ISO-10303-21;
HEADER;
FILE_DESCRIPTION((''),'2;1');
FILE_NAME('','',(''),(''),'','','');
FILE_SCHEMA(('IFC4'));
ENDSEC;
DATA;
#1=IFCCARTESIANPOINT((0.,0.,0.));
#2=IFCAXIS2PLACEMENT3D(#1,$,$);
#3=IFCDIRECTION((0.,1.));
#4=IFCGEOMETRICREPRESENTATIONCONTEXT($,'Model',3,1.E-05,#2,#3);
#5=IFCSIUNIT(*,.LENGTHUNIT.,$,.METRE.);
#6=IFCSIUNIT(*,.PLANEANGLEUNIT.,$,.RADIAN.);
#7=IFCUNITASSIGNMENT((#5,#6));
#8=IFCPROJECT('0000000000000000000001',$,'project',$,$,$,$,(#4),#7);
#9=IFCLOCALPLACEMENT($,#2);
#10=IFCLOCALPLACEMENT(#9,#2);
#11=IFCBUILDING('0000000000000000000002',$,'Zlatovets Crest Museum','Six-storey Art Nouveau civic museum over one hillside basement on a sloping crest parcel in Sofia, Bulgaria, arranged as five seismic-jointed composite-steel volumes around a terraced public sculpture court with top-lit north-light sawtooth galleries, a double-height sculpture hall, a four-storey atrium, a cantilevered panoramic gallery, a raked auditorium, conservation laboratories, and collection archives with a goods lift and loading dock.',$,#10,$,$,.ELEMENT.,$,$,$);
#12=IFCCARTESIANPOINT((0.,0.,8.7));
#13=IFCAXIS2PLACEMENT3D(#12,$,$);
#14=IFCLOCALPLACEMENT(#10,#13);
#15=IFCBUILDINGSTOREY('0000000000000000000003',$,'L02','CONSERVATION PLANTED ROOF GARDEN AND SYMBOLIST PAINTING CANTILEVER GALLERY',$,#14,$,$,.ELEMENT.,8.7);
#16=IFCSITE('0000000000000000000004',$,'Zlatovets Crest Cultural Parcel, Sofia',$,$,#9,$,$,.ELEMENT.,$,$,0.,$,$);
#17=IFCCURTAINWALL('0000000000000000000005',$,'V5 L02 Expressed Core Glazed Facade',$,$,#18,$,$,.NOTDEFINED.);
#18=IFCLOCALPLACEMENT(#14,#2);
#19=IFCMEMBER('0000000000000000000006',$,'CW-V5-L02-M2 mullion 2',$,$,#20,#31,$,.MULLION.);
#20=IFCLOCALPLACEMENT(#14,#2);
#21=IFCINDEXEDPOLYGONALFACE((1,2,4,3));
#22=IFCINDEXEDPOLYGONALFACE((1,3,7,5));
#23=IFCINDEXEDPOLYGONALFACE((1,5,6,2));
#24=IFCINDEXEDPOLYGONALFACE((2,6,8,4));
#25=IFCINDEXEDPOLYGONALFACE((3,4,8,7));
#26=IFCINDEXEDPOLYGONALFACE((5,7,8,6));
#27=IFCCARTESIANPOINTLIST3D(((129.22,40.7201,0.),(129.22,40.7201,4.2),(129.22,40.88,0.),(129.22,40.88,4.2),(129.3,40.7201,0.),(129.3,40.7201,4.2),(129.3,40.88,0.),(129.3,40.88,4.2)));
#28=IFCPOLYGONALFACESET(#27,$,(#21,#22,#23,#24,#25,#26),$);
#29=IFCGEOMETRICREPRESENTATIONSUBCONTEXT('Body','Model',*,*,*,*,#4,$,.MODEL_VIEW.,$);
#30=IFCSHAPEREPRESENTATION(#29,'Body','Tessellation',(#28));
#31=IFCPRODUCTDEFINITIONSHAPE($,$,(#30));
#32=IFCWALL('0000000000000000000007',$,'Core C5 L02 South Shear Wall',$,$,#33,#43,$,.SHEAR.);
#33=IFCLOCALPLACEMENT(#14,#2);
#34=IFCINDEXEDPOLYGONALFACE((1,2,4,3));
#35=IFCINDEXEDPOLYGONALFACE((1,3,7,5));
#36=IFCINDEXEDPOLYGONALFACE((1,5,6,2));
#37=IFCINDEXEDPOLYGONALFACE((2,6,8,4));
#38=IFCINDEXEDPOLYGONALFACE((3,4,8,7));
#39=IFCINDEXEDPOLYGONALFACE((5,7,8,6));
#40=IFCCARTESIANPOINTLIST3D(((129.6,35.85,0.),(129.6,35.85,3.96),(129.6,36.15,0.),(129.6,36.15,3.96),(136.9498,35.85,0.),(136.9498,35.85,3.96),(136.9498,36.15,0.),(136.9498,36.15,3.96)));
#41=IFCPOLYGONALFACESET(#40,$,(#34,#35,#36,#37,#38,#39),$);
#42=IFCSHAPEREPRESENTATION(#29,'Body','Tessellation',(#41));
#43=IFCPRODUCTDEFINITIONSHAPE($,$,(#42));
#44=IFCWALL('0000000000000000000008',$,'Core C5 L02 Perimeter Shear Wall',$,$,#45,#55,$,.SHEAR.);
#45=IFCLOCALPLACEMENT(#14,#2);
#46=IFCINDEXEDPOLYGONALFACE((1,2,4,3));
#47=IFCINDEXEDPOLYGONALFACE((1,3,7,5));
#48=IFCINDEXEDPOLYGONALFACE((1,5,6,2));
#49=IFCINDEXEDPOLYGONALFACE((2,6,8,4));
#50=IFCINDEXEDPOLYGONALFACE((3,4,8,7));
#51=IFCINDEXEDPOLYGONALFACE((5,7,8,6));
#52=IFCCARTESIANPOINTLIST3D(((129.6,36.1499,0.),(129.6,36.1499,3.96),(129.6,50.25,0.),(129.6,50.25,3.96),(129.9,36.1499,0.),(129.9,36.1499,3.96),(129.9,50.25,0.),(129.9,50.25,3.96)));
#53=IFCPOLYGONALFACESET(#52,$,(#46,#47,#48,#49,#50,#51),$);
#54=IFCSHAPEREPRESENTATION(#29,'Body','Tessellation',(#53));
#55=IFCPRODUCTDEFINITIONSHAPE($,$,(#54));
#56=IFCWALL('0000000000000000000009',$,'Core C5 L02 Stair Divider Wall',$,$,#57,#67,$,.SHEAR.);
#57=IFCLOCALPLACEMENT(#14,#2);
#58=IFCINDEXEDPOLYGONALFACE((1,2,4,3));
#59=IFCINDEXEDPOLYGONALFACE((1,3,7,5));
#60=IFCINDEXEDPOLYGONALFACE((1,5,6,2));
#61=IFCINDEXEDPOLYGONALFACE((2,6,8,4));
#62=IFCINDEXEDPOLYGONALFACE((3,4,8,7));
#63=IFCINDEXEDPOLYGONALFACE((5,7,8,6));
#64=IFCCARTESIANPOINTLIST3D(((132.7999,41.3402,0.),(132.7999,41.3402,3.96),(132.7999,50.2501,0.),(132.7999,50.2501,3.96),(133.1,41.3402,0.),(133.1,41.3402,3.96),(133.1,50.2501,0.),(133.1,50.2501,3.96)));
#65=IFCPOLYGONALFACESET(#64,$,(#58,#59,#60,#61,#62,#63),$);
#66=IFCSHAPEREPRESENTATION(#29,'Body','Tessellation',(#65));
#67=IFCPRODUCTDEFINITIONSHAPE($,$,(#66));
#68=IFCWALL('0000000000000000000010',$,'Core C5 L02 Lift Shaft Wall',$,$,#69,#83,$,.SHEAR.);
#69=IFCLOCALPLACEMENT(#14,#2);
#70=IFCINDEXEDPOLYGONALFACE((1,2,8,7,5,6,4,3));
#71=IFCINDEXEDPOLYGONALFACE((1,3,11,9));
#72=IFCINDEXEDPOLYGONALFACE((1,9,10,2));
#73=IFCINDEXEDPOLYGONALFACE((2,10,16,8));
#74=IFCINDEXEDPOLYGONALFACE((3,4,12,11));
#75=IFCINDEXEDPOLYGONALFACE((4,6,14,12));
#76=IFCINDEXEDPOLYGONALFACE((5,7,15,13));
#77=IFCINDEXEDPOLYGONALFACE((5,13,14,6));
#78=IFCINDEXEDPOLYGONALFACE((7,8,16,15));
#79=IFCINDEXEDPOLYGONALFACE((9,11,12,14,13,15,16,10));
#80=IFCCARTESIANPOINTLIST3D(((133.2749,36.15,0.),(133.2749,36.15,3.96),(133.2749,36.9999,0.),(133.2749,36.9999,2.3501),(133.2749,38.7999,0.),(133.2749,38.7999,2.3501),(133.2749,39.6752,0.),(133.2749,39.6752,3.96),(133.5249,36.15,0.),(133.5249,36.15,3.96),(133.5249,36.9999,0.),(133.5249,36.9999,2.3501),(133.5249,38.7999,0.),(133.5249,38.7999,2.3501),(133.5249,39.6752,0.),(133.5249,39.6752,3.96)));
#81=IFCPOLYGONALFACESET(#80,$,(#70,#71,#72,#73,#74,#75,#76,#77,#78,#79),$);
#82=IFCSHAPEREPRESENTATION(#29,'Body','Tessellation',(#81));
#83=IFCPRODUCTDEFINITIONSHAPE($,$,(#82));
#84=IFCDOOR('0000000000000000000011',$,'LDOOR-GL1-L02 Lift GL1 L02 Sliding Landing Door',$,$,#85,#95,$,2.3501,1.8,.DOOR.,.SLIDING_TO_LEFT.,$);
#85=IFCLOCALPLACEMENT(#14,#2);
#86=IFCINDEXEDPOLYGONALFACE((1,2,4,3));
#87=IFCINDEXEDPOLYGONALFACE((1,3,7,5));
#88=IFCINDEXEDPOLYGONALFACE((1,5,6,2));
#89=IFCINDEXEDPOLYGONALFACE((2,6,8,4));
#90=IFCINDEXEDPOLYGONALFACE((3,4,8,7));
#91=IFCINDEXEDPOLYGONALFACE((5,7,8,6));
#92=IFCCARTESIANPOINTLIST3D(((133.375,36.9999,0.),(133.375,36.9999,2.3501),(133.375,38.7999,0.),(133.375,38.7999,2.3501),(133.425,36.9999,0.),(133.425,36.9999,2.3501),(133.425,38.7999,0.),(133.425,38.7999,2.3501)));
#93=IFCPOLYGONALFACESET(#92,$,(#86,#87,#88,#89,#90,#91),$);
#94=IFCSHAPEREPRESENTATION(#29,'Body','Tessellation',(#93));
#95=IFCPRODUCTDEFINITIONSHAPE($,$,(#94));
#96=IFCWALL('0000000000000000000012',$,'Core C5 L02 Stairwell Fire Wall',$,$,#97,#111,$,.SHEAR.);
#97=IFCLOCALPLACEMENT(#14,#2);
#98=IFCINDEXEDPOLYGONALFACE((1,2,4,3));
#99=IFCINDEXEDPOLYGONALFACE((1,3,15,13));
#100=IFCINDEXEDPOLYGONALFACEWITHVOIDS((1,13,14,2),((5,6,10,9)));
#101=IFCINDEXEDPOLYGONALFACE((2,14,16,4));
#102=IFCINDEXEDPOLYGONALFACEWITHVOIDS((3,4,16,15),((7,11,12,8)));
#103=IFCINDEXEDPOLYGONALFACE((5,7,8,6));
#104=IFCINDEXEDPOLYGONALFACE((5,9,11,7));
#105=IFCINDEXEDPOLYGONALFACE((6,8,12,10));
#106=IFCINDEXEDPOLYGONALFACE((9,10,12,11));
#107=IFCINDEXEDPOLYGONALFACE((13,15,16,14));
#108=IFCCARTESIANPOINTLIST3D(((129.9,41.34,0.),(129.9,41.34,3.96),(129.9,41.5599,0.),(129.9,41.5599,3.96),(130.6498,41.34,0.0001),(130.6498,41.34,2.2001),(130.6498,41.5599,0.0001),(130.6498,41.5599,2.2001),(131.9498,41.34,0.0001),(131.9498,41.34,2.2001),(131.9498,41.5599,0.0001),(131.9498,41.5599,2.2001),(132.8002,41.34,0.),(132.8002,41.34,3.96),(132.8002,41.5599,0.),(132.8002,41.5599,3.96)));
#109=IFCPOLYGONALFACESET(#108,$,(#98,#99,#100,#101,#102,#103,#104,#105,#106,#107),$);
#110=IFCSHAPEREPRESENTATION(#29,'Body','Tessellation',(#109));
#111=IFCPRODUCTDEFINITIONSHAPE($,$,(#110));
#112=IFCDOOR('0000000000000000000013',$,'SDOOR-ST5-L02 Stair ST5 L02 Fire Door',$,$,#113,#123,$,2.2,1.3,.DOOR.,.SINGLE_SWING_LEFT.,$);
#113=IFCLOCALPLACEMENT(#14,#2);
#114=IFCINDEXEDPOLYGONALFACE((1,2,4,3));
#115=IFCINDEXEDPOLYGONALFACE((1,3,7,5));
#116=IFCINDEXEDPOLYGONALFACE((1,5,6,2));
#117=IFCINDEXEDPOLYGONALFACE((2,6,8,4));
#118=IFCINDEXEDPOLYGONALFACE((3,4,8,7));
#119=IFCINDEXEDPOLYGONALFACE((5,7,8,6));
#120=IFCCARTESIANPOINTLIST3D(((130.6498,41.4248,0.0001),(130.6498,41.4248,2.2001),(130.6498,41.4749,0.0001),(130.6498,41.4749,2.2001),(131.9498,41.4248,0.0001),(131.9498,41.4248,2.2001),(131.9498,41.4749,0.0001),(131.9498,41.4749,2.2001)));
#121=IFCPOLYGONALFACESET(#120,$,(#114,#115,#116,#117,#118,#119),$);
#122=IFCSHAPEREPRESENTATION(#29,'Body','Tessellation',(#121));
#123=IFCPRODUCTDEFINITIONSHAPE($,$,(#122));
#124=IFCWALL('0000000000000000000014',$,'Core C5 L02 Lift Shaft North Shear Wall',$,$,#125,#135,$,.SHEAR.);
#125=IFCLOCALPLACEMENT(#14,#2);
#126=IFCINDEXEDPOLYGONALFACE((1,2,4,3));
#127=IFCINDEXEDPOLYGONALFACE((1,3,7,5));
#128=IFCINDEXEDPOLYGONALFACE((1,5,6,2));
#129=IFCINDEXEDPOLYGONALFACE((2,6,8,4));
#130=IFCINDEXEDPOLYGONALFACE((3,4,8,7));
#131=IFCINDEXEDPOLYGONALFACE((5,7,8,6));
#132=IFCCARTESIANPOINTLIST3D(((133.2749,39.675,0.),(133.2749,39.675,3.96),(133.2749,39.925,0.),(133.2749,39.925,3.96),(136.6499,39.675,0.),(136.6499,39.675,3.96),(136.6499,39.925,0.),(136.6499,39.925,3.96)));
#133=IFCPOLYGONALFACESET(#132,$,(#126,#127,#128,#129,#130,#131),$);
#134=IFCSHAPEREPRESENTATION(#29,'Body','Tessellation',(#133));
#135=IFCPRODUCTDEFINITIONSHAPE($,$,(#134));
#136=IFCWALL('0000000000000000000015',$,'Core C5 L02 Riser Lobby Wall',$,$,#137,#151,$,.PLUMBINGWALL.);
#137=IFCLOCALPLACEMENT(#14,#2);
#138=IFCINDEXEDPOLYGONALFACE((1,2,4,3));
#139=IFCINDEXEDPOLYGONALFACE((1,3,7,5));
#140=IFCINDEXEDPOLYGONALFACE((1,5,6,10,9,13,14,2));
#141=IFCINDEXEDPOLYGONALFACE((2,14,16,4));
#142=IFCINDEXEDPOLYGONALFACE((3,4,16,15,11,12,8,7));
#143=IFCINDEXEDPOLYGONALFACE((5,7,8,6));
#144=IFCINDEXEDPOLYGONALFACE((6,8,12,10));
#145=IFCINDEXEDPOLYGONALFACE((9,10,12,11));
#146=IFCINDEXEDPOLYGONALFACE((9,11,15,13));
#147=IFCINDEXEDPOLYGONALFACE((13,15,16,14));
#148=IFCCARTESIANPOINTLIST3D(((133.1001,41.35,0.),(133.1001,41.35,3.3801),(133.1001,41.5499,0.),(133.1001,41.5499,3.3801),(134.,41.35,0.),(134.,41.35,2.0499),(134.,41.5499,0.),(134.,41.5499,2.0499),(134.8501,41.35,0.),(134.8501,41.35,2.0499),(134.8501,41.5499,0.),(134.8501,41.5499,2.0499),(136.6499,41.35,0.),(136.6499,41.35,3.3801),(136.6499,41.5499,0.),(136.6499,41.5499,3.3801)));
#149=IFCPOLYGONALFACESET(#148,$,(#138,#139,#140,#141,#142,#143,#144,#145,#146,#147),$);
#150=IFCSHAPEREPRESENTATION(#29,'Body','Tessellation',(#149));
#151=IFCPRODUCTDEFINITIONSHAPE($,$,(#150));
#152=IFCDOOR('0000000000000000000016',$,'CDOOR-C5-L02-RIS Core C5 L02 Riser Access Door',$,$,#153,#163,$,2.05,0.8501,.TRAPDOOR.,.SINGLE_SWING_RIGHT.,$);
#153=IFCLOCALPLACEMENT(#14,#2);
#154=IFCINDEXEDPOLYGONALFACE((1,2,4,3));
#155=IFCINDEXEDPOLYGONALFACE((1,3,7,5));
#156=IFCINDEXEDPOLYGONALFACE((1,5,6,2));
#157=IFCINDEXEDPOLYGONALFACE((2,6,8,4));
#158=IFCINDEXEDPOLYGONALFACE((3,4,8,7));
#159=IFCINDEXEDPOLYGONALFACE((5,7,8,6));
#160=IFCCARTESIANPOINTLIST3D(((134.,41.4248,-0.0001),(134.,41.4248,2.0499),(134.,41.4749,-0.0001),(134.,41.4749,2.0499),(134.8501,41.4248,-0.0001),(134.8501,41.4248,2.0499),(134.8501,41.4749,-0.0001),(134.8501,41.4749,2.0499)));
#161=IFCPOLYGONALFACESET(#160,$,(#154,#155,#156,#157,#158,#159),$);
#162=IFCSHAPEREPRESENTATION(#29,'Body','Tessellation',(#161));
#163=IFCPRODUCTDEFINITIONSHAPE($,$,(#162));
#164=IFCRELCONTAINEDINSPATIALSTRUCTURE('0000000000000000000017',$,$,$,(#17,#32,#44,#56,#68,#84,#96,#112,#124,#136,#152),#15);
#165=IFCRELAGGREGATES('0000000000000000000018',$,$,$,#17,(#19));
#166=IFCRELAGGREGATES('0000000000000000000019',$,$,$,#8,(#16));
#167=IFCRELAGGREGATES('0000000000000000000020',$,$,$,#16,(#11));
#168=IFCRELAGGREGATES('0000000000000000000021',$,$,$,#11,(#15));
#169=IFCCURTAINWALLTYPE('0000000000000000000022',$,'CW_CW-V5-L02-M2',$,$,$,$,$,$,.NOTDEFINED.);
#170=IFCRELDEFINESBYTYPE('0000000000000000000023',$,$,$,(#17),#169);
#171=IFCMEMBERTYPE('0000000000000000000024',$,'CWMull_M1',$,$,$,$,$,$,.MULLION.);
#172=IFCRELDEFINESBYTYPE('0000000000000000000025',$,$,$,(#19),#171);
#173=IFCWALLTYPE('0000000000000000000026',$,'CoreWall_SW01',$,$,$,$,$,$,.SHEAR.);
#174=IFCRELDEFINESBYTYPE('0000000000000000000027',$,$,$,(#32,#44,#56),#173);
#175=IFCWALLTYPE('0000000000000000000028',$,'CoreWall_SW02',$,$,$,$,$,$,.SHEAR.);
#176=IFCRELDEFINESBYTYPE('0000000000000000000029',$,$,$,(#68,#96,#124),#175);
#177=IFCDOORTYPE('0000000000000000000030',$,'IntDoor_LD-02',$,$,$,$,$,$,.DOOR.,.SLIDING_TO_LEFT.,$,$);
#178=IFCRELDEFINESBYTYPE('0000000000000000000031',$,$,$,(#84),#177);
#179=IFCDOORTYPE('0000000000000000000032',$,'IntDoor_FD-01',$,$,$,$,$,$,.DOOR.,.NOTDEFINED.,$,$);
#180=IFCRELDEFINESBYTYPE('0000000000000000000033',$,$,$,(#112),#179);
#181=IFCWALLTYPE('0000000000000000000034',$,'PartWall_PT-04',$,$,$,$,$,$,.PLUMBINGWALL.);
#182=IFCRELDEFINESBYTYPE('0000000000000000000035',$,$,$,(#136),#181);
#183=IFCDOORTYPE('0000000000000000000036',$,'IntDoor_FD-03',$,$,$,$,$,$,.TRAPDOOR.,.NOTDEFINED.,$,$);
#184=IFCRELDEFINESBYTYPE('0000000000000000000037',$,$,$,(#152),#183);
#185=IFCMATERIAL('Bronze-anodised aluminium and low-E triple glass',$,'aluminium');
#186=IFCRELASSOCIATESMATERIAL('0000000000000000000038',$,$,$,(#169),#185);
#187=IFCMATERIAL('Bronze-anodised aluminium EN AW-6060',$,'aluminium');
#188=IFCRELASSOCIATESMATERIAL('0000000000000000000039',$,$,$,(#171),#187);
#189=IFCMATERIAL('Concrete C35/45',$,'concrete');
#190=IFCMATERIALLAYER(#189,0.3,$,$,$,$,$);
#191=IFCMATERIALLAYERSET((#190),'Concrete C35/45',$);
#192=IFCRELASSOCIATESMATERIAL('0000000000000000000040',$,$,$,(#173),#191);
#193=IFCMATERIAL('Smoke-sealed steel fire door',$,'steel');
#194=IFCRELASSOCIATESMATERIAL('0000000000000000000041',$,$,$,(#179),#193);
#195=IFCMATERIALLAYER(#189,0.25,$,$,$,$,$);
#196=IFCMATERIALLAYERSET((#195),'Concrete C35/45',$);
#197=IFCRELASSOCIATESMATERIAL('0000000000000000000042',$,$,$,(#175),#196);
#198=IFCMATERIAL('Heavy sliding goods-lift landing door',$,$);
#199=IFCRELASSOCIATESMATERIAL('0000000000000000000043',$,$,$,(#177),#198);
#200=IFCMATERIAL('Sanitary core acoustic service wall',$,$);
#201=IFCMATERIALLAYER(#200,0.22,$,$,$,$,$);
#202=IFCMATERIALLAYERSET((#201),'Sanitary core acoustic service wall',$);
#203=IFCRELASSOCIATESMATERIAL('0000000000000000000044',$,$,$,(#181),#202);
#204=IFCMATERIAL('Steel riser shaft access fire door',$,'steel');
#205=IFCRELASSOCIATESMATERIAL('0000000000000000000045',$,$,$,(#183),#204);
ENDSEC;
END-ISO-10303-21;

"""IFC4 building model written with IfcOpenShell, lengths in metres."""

from ifc_helpers import new_model, si_unit, direction, frame, frame_2d, origin, origin_2d, place, context, subcontext, project, spatial, rectangle, extrude, material, layer, layer_set, material_profile, profile_set, type_object, element, fill, aggregate, save


model = new_model("IFC4")

# Units and contexts
model_context = context("Model", 3, precision=1e-05, world=origin(), true_north=direction((0.0, 1.0)))
body_context = subcontext(model_context, "Body", "Model", "MODEL_VIEW")
ifc_project = project(units=[si_unit("LENGTHUNIT", "METRE"), si_unit("PLANEANGLEUNIT", "RADIAN")], contexts=[model_context])

# Site, building, storey
site_placement = place(None, origin())
site = spatial("IfcSite", under=ifc_project, at=site_placement, Name="Zlatovets Crest Cultural Parcel, Sofia", CompositionType="ELEMENT", RefElevation=0.0)
building_placement = place(site_placement, origin())
building = spatial("IfcBuilding", under=site, at=building_placement, Name="Zlatovets Crest Museum", Description="Six-storey Art Nouveau civic museum over one hillside basement on a sloping crest parcel in Sofia, Bulgaria, arranged as five seismic-jointed composite-steel volumes around a terraced public sculpture court with top-lit north-light sawtooth galleries, a double-height sculpture hall, a four-storey atrium, a cantilevered panoramic gallery, a raked auditorium, conservation laboratories, and collection archives with a goods lift and loading dock.", CompositionType="ELEMENT")
storey_placement = place(building_placement, frame((0.0, 0.0, 8.7)))
storey = spatial("IfcBuildingStorey", under=building, at=storey_placement, Name="L02", Description="CONSERVATION PLANTED ROOF GARDEN AND SYMBOLIST PAINTING CANTILEVER GALLERY", CompositionType="ELEMENT", Elevation=8.7)

# Curtain wall, member
ifc_material_1 = material(Name="Bronze-anodised aluminium and low-E triple glass", Category="aluminium")
curtain_wall_type = type_object("IfcCurtainWallType", Name="CW_CW-V5-L02-M2", PredefinedType="NOTDEFINED", material=ifc_material_1)
curtain_wall_placement = place(storey_placement, origin())
curtain_wall = element("IfcCurtainWall", 1, at=curtain_wall_placement, inside=storey, type_object=curtain_wall_type, Name="V5 L02 Expressed Core Glazed Facade", PredefinedType="NOTDEFINED")
ifc_material_2 = material(Name="Bronze-anodised aluminium EN AW-6060", Category="aluminium")
ifc_material_profile_1 = material_profile(ifc_material_2, rectangle(XDim=0.0801, YDim=0.1599, at=origin_2d()), Name="ALU 80x160")
ifc_profile_set_1 = profile_set([ifc_material_profile_1], Name="Bronze-anodised aluminium EN AW-6060")
member_type = type_object("IfcMemberType", Name="CWMull_M1", PredefinedType="MULLION", material=ifc_profile_set_1)
member_placement = place(storey_placement, frame((129.26, 40.8, 0.0), z_axis=(0.0, 0.0, 1.0), x_axis=(1.0, 0.0, 0.0)))
member = element("IfcMember", 2, at=member_placement, type_object=member_type, Name="CW-V5-L02-M2 mullion 2", PredefinedType="MULLION", context=body_context, shape_type="SweptSolid", body=[
    extrude(rectangle(XDim=0.0801, YDim=0.1599, at=origin_2d()), origin(), (0.0, 0.0, 1.0), 4.2),
])
aggregate(curtain_wall, [member])

# Walls
ifc_material_3 = material(Name="Concrete C35/45", Category="concrete")
ifc_layer_1 = layer(ifc_material_3, 0.3)
ifc_layer_set_1 = layer_set([ifc_layer_1], Name="Concrete C35/45")
wall_type_1 = type_object("IfcWallType", Name="CoreWall_SW01", PredefinedType="SHEAR", material=ifc_layer_set_1)
wall_1_placement = place(storey_placement, frame((129.6001, 36.0, 0.0), z_axis=(0.0, 0.0, 1.0), x_axis=(1.0, 0.0, 0.0)))
element("IfcWall", 3, at=wall_1_placement, inside=storey, type_object=wall_type_1, Name="Core C5 L02 South Shear Wall", PredefinedType="SHEAR", context=body_context, shape_type="SweptSolid", body=[
    extrude(rectangle(XDim=7.3499, YDim=0.3, at=frame_2d((3.6748, 0.0))), origin(), (0.0, 0.0, 1.0), 3.96),
])
wall_2_placement = place(storey_placement, frame((129.75, 36.1499, 0.0), z_axis=(0.0, 0.0, 1.0), x_axis=(0.0, 1.0, 0.0)))
element("IfcWall", 4, at=wall_2_placement, inside=storey, type_object=wall_type_1, Name="Core C5 L02 Perimeter Shear Wall", PredefinedType="SHEAR", context=body_context, shape_type="SweptSolid", body=[
    extrude(rectangle(XDim=14.1001, YDim=0.3, at=frame_2d((7.05, 0.0))), origin(), (0.0, 0.0, 1.0), 3.96),
])

# Shared definitions
ifc_material_4 = material(Name="Smoke-sealed steel fire door", Category="steel")
door_type_1 = type_object("IfcDoorType", Name="IntDoor_FD-01", OperationType="NOTDEFINED", PredefinedType="DOOR", material=ifc_material_4)

# Wall
wall_3_placement = place(storey_placement, frame((132.95, 41.3401, 0.0), z_axis=(0.0, 0.0, 1.0), x_axis=(0.0, 1.0, 0.0)))
element("IfcWall", 5, at=wall_3_placement, inside=storey, type_object=wall_type_1, Name="Core C5 L02 Stair Divider Wall", PredefinedType="SHEAR", context=body_context, shape_type="SweptSolid", body=[
    extrude(rectangle(XDim=8.9099, YDim=0.3, at=frame_2d((4.4551, 0.0))), origin(), (0.0, 0.0, 1.0), 3.96),
])

# Walls, openings, doors
ifc_layer_2 = layer(ifc_material_3, 0.25)
ifc_layer_set_2 = layer_set([ifc_layer_2], Name="Concrete C35/45")
wall_type_2 = type_object("IfcWallType", Name="CoreWall_SW02", PredefinedType="SHEAR", material=ifc_layer_set_2)
wall_4_placement = place(storey_placement, frame((133.3999, 36.1499, 0.0), z_axis=(0.0, 0.0, 1.0), x_axis=(0.0, 1.0, 0.0)))
wall_4 = element("IfcWall", 6, at=wall_4_placement, inside=storey, type_object=wall_type_2, Name="Core C5 L02 Lift Shaft Wall", PredefinedType="SHEAR", context=body_context, shape_type="SweptSolid", body=[
    extrude(rectangle(XDim=3.5251, YDim=0.25, at=frame_2d((1.7627, 0.0))), origin(), (0.0, 0.0, 1.0), 3.96),
])
opening_1_placement = place(wall_4_placement, frame((0.8501, 0.0, 0.0)))
opening_1 = element("IfcOpeningElement", 7, at=opening_1_placement, cuts=wall_4, PredefinedType="OPENING", context=body_context, shape_type="SweptSolid", body=[
    extrude(rectangle(XDim=1.8, YDim=2.3501, at=frame_2d((0.8999, 1.175))), frame((0.0, 0.135, 0.0), z_axis=(0.0, -1.0, 0.0), x_axis=(1.0, 0.0, 0.0)), (0.0, 0.0, 1.0), 0.27),
])
ifc_material_5 = material(Name="Heavy sliding goods-lift landing door")
door_type_2 = type_object("IfcDoorType", Name="IntDoor_LD-02", OperationType="SLIDING_TO_LEFT", PredefinedType="DOOR", material=ifc_material_5)
door_1_placement = place(opening_1_placement, origin())
door_1 = element("IfcDoor", 8, at=door_1_placement, inside=storey, type_object=door_type_2, Name="LDOOR-GL1-L02 Lift GL1 L02 Sliding Landing Door", OperationType="SLIDING_TO_LEFT", OverallHeight=2.3501, OverallWidth=1.8, PredefinedType="DOOR", context=body_context, shape_type="SweptSolid", body=[
    extrude(rectangle(XDim=1.8, YDim=2.3501, at=frame_2d((0.8999, 1.175))), frame((0.0, 0.0249, 0.0), z_axis=(0.0, -1.0, 0.0), x_axis=(1.0, 0.0, 0.0)), (0.0, 0.0, 1.0), 0.05),
])
fill(opening_1, door_1)
wall_5_placement = place(storey_placement, frame((129.8999, 41.45, 0.0), z_axis=(0.0, 0.0, 1.0), x_axis=(1.0, 0.0, 0.0)))
wall_5 = element("IfcWall", 9, at=wall_5_placement, inside=storey, type_object=wall_type_2, Name="Core C5 L02 Stairwell Fire Wall", PredefinedType="SHEAR", context=body_context, shape_type="SweptSolid", body=[
    extrude(rectangle(XDim=2.9001, YDim=0.22, at=frame_2d((1.4502, 0.0))), origin(), (0.0, 0.0, 1.0), 3.96),
])
opening_2_placement = place(wall_5_placement, frame((0.75, 0.0, 0.0)))
opening_2 = element("IfcOpeningElement", 10, at=opening_2_placement, cuts=wall_5, PredefinedType="OPENING", context=body_context, shape_type="SweptSolid", body=[
    extrude(rectangle(XDim=1.3, YDim=2.2, at=frame_2d((0.6499, 1.1001))), frame((0.0, 0.1201, 0.0), z_axis=(0.0, -1.0, 0.0), x_axis=(1.0, 0.0, 0.0)), (0.0, 0.0, 1.0), 0.24),
])
door_2_placement = place(opening_2_placement, origin())
door_2 = element("IfcDoor", 11, at=door_2_placement, inside=storey, type_object=door_type_1, Name="SDOOR-ST5-L02 Stair ST5 L02 Fire Door", OperationType="SINGLE_SWING_LEFT", OverallHeight=2.2, OverallWidth=1.3, PredefinedType="DOOR", context=body_context, shape_type="SweptSolid", body=[
    extrude(rectangle(XDim=1.3, YDim=2.2, at=frame_2d((0.6499, 1.1001))), frame((0.0, 0.0249, 0.0), z_axis=(0.0, -1.0, 0.0), x_axis=(1.0, 0.0, 0.0)), (0.0, 0.0, 1.0), 0.05),
])
fill(opening_2, door_2)

# Wall
wall_6_placement = place(storey_placement, frame((133.2749, 39.8, 0.0), z_axis=(0.0, 0.0, 1.0), x_axis=(1.0, 0.0, 0.0)))
element("IfcWall", 12, at=wall_6_placement, inside=storey, type_object=wall_type_2, Name="Core C5 L02 Lift Shaft North Shear Wall", PredefinedType="SHEAR", context=body_context, shape_type="SweptSolid", body=[
    extrude(rectangle(XDim=3.375, YDim=0.25, at=frame_2d((1.6875, 0.0))), origin(), (0.0, 0.0, 1.0), 3.96),
])

# Wall, opening, door
ifc_material_6 = material(Name="Sanitary core acoustic service wall")
ifc_layer_3 = layer(ifc_material_6, 0.22)
ifc_layer_set_3 = layer_set([ifc_layer_3], Name="Sanitary core acoustic service wall")
wall_type_3 = type_object("IfcWallType", Name="PartWall_PT-04", PredefinedType="PLUMBINGWALL", material=ifc_layer_set_3)
wall_7_placement = place(storey_placement, frame((133.1001, 41.45, 0.0), z_axis=(0.0, 0.0, 1.0), x_axis=(1.0, 0.0, 0.0)))
wall_7 = element("IfcWall", 13, at=wall_7_placement, inside=storey, type_object=wall_type_3, Name="Core C5 L02 Riser Lobby Wall", PredefinedType="PLUMBINGWALL", context=body_context, shape_type="SweptSolid", body=[
    extrude(rectangle(XDim=3.5498, YDim=0.2, at=frame_2d((1.7749, 0.0))), origin(), (0.0, 0.0, 1.0), 3.3801),
])
opening_3_placement = place(wall_7_placement, frame((0.8999, 0.0, 0.0)))
opening_3 = element("IfcOpeningElement", 14, at=opening_3_placement, cuts=wall_7, PredefinedType="OPENING", context=body_context, shape_type="SweptSolid", body=[
    extrude(rectangle(XDim=0.8501, YDim=2.05, at=frame_2d((0.425, 1.0249))), frame((0.0, 0.1099, 0.0), z_axis=(0.0, -1.0, 0.0), x_axis=(1.0, 0.0, 0.0)), (0.0, 0.0, 1.0), 0.22),
])
ifc_material_7 = material(Name="Steel riser shaft access fire door", Category="steel")
door_type_3 = type_object("IfcDoorType", Name="IntDoor_FD-03", OperationType="NOTDEFINED", PredefinedType="TRAPDOOR", material=ifc_material_7)
door_3_placement = place(opening_3_placement, origin())
door_3 = element("IfcDoor", 15, at=door_3_placement, inside=storey, type_object=door_type_3, Name="CDOOR-C5-L02-RIS Core C5 L02 Riser Access Door", OperationType="SINGLE_SWING_RIGHT", OverallHeight=2.05, OverallWidth=0.8501, PredefinedType="TRAPDOOR", context=body_context, shape_type="SweptSolid", body=[
    extrude(rectangle(XDim=0.8501, YDim=2.05, at=frame_2d((0.425, 1.0249))), frame((0.0, 0.0249, 0.0), z_axis=(0.0, -1.0, 0.0), x_axis=(1.0, 0.0, 0.0)), (0.0, 0.0, 1.0), 0.05),
])
fill(opening_3, door_3)

save(model, "model.ifc")
